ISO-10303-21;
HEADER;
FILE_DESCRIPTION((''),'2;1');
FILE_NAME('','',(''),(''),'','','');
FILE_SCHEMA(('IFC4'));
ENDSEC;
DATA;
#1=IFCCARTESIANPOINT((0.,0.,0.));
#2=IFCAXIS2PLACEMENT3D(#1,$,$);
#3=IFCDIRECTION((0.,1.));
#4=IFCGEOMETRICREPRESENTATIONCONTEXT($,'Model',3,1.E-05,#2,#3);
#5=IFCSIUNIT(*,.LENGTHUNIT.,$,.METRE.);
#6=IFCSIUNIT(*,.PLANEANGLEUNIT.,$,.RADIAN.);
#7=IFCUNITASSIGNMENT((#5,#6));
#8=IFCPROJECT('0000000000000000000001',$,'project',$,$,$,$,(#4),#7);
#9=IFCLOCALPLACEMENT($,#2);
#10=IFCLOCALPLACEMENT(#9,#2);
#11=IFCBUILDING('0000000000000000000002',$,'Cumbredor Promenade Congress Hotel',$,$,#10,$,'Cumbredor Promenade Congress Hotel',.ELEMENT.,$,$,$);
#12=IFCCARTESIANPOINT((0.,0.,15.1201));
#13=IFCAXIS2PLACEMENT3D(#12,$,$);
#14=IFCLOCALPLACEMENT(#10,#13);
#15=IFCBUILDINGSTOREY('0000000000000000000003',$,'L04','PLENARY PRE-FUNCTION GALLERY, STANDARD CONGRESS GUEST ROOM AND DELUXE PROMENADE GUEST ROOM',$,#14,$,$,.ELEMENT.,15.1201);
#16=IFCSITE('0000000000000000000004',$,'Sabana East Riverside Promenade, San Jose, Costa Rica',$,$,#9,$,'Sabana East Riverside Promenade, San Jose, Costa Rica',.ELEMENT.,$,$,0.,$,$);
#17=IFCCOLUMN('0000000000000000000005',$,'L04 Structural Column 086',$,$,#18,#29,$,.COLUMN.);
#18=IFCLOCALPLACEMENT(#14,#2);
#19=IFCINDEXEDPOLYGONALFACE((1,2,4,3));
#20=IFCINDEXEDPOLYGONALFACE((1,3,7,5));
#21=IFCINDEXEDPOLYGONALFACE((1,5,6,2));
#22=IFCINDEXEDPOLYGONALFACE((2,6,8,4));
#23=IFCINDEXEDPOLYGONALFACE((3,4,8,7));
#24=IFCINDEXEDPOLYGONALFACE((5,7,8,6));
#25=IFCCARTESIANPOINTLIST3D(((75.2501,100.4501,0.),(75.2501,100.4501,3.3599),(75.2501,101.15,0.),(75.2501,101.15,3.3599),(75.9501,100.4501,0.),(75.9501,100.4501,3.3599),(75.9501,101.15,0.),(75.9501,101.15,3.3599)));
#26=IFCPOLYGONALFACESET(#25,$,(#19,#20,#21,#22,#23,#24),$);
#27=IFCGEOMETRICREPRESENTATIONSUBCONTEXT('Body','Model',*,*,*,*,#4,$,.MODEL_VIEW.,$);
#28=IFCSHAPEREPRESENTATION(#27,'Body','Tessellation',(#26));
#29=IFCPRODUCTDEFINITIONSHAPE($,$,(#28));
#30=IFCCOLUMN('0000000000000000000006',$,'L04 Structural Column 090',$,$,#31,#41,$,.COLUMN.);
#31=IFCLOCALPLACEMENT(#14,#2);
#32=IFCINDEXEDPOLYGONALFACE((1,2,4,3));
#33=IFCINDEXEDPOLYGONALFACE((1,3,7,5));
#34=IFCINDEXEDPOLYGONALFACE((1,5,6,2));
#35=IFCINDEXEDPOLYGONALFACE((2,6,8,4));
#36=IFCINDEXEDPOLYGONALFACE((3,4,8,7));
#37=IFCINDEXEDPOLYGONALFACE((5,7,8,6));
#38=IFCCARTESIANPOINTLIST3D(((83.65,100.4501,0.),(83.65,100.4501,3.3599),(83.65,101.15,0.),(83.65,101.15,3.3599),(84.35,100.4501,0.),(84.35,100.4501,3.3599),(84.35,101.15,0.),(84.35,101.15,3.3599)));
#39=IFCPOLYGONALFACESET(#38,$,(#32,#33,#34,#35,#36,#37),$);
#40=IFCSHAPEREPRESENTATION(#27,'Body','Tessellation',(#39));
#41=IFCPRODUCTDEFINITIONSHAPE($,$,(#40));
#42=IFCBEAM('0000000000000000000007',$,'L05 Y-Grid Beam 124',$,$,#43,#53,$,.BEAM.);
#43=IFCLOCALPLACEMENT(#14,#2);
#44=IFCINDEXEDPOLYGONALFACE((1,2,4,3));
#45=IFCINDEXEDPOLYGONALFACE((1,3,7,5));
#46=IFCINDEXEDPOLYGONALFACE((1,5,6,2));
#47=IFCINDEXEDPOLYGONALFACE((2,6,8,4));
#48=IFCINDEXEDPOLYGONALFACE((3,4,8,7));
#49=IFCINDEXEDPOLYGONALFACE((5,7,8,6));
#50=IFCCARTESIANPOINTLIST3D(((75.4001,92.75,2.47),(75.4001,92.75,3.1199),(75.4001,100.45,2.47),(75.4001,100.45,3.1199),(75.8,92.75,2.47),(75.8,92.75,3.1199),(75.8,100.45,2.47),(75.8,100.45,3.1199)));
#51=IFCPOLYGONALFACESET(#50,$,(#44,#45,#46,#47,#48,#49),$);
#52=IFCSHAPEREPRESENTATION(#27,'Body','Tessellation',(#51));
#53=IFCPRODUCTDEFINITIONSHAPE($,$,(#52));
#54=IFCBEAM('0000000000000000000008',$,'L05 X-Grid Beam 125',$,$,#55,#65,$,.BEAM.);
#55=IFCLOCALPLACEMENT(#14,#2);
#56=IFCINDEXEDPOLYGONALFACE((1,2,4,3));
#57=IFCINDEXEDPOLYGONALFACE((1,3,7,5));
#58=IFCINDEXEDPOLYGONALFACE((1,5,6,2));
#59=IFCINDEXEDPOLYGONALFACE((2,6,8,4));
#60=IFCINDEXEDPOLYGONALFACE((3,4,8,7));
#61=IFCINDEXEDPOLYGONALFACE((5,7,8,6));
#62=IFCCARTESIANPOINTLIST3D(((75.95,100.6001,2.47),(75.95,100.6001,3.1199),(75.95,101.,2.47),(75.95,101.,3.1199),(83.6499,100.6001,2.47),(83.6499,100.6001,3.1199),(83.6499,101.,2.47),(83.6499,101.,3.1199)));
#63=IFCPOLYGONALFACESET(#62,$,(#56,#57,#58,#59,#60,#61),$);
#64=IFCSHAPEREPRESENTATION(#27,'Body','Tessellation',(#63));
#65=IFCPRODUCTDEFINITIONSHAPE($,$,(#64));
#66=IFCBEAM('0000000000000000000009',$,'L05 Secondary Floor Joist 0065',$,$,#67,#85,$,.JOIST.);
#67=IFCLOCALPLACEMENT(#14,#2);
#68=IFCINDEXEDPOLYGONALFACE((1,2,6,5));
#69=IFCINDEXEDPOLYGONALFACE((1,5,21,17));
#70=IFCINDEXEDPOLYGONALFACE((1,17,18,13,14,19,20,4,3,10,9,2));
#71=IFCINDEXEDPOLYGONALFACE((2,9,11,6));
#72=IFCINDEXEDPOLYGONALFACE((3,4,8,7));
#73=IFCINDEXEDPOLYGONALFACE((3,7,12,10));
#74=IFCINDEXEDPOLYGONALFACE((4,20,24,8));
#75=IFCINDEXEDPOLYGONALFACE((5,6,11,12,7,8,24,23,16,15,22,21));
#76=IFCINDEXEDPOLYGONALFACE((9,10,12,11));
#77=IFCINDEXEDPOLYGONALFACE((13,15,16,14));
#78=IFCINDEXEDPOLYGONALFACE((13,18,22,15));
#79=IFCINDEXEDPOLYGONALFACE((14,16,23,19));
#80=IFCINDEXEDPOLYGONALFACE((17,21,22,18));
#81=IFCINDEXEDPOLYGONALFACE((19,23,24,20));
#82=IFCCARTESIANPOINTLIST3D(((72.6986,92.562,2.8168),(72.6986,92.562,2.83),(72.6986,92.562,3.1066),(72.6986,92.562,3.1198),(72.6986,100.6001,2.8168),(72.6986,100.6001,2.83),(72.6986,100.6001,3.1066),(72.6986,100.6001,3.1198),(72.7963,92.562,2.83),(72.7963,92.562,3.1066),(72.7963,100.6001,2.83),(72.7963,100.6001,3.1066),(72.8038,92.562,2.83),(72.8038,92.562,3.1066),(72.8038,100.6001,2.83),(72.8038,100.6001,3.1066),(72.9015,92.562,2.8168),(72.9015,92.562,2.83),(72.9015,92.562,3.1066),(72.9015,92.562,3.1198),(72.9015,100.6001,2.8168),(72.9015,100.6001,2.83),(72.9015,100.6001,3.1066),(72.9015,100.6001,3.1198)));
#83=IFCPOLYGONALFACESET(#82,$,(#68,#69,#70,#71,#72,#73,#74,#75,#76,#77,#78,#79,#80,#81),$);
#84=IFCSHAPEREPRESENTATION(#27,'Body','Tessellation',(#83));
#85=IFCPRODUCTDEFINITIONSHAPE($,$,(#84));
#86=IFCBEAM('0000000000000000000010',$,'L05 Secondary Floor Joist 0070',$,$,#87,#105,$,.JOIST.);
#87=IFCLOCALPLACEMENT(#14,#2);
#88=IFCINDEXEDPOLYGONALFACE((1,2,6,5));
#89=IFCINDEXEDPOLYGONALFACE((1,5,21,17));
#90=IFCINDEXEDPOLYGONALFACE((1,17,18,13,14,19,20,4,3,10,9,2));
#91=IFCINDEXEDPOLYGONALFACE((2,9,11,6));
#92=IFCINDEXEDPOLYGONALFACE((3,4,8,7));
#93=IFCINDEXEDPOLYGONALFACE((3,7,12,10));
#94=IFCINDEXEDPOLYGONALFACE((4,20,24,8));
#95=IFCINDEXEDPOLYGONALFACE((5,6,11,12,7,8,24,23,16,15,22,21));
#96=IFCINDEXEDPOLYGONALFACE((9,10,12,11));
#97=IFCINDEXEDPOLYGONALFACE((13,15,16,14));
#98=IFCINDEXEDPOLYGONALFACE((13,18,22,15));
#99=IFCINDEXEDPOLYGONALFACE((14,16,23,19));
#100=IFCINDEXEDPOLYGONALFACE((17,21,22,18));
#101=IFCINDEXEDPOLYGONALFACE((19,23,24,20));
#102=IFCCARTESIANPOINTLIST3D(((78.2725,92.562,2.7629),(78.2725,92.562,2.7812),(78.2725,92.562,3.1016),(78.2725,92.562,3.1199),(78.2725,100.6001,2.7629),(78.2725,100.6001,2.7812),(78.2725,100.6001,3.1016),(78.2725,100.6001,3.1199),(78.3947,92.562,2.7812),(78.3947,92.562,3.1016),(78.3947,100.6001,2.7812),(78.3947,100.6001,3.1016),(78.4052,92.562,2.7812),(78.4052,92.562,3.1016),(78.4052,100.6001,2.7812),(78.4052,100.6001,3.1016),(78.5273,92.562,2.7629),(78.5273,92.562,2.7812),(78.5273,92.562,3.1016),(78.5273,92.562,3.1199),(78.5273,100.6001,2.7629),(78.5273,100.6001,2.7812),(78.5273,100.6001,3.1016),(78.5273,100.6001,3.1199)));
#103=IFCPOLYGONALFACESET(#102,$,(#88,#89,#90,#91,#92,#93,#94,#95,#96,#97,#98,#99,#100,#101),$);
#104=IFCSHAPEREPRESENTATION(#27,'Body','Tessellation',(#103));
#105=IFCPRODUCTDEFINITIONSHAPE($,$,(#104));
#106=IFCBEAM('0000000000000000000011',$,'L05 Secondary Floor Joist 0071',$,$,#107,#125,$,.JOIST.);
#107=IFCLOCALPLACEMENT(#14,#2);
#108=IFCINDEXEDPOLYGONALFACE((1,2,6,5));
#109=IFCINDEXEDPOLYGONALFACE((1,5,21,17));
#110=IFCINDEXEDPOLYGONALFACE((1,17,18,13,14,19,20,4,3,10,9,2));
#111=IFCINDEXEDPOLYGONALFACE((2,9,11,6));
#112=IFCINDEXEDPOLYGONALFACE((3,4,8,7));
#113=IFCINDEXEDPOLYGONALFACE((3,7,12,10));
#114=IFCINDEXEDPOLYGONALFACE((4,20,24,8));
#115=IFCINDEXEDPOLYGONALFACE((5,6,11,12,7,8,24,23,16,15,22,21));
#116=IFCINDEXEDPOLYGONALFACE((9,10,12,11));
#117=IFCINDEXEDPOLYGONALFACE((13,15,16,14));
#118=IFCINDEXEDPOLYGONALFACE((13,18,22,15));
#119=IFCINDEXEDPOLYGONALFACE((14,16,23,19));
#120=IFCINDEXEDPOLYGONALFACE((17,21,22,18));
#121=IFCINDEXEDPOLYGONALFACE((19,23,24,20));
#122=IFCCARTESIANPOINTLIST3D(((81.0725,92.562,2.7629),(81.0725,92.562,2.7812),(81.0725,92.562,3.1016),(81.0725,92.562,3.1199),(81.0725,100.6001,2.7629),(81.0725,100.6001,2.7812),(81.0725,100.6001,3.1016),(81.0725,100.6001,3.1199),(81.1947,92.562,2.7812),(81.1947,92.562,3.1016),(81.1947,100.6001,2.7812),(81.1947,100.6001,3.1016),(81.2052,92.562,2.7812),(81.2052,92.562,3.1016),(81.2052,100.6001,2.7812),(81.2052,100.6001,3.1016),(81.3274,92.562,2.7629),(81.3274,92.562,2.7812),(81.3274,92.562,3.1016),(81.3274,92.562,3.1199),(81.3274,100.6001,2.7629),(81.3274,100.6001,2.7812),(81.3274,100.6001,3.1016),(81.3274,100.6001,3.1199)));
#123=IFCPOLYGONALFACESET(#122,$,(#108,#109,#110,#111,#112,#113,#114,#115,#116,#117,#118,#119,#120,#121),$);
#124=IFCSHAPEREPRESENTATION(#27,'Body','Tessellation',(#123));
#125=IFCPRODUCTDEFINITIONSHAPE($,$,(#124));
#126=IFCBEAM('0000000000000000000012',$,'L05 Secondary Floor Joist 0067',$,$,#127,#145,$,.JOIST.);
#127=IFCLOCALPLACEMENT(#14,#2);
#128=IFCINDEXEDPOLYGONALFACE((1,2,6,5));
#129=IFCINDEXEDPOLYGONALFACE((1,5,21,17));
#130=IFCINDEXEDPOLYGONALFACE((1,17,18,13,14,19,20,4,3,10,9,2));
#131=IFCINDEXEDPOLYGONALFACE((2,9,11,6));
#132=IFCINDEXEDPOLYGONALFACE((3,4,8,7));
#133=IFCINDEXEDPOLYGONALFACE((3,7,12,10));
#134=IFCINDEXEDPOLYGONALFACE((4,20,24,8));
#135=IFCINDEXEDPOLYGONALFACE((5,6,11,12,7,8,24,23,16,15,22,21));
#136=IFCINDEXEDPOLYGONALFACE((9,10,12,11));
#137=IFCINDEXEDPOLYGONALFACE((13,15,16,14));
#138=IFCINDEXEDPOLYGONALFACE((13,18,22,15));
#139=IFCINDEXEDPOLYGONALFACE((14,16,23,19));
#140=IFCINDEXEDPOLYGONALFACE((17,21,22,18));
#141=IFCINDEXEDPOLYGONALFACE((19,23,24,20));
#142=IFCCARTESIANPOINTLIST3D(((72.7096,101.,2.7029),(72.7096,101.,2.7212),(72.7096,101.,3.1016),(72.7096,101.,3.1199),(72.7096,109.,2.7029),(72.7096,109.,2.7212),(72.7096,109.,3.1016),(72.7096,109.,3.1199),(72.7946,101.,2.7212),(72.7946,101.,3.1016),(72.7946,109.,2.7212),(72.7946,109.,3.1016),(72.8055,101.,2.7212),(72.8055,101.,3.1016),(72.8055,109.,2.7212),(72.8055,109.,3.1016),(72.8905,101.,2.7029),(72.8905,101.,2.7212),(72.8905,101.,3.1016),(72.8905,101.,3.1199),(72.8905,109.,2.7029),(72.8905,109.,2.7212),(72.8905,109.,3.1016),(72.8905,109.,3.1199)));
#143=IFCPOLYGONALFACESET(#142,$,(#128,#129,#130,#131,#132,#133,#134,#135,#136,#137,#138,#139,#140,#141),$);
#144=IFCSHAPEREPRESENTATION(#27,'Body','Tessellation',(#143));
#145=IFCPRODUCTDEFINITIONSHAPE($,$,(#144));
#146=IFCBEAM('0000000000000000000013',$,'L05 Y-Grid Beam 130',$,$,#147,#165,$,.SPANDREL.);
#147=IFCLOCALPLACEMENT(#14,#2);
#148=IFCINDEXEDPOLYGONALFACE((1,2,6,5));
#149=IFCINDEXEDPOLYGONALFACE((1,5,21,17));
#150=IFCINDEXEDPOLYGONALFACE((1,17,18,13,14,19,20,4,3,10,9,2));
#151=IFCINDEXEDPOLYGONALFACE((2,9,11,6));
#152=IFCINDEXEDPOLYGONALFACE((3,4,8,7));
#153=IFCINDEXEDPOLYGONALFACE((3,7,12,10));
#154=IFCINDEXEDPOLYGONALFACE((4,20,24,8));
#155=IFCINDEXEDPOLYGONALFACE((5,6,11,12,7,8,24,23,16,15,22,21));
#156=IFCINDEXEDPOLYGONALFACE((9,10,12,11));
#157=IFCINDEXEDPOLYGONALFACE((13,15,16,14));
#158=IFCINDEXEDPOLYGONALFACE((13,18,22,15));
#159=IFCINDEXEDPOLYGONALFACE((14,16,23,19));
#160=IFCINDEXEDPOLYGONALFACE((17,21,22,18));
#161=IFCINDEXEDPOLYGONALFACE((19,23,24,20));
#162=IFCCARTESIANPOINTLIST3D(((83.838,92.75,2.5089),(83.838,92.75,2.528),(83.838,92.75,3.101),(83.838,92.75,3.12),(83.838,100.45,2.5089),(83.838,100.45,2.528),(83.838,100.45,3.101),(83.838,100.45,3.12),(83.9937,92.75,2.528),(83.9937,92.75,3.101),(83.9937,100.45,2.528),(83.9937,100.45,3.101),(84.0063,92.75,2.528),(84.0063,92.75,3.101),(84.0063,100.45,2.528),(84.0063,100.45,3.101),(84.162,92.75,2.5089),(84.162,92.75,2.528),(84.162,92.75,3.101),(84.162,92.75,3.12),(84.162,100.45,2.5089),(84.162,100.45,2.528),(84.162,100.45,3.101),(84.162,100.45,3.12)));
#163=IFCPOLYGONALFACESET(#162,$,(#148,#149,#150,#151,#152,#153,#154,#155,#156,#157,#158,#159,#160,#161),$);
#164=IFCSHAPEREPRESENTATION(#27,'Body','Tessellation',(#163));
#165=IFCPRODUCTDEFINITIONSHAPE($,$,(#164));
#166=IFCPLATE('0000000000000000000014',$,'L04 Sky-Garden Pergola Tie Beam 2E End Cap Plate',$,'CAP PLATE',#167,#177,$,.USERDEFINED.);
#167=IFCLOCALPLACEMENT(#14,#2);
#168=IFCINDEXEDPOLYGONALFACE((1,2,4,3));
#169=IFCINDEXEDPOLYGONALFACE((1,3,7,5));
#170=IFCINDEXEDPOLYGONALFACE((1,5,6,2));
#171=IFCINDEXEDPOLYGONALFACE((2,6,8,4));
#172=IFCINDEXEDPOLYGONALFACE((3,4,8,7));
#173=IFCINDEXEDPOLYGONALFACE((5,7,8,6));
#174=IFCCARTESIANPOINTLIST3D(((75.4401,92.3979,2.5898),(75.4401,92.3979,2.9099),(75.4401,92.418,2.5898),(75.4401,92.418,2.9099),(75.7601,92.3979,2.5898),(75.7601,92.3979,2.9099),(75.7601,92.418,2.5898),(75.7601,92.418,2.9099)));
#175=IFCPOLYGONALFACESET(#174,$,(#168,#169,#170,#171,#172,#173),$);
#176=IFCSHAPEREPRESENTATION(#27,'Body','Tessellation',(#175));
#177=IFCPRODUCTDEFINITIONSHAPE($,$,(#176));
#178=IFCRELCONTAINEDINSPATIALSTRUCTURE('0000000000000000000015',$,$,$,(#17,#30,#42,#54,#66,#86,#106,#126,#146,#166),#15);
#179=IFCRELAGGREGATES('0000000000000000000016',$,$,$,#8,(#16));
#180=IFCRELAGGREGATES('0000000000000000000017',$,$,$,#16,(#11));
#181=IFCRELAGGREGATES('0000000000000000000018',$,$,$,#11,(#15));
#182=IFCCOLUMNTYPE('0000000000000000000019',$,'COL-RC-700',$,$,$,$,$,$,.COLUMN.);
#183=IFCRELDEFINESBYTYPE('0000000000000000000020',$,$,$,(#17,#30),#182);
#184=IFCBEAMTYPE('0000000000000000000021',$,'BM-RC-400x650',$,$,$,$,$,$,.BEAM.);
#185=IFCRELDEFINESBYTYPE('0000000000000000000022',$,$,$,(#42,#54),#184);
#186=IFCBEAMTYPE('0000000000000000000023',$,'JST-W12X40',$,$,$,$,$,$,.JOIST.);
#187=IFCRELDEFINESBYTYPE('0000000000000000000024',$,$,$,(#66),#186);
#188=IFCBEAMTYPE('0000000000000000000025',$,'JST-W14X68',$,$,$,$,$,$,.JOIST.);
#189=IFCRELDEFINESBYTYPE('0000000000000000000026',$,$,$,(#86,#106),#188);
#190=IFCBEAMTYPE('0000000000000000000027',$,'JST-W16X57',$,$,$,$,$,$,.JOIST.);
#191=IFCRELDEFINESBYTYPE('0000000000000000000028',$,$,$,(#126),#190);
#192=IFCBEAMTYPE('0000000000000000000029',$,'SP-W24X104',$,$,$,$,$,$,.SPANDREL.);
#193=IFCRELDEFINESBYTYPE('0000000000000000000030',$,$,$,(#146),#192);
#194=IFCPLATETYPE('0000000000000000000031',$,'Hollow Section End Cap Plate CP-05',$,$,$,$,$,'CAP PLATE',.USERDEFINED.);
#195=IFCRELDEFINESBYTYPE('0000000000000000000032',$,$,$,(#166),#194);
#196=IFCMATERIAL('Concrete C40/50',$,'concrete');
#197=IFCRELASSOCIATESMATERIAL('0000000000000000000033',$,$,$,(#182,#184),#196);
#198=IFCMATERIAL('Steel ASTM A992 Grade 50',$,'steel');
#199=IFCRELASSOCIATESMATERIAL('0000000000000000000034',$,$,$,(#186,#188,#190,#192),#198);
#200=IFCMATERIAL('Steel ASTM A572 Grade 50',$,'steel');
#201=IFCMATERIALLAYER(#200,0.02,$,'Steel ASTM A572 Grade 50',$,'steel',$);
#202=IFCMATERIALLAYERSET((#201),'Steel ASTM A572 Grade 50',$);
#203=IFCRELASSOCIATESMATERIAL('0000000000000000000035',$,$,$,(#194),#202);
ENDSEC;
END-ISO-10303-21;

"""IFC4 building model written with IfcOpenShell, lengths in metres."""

from ifc_helpers import new_model, si_unit, direction, frame, origin, origin_2d, place, context, subcontext, project, spatial, rectangle, i_section, extrude, material, layer, layer_set, material_profile, profile_set, type_object, element, save


model = new_model("IFC4")

# Units and contexts
model_context = context("Model", 3, precision=1e-05, world=origin(), true_north=direction((0.0, 1.0)))
body_context = subcontext(model_context, "Body", "Model", "MODEL_VIEW")
ifc_project = project(units=[si_unit("LENGTHUNIT", "METRE"), si_unit("PLANEANGLEUNIT", "RADIAN")], contexts=[model_context])

# Site, building, storey
site_placement = place(None, origin())
site = spatial("IfcSite", under=ifc_project, at=site_placement, Name="Sabana East Riverside Promenade, San Jose, Costa Rica", LongName="Sabana East Riverside Promenade, San Jose, Costa Rica", CompositionType="ELEMENT", RefElevation=0.0)
building_placement = place(site_placement, origin())
building = spatial("IfcBuilding", under=site, at=building_placement, Name="Cumbredor Promenade Congress Hotel", LongName="Cumbredor Promenade Congress Hotel", CompositionType="ELEMENT")
storey_placement = place(building_placement, frame((0.0, 0.0, 15.1201)))
storey = spatial("IfcBuildingStorey", under=building, at=storey_placement, Name="L04", Description="PLENARY PRE-FUNCTION GALLERY, STANDARD CONGRESS GUEST ROOM AND DELUXE PROMENADE GUEST ROOM", CompositionType="ELEMENT", Elevation=15.1201)

# Columns
ifc_material_1 = material(Name="Concrete C40/50", Category="concrete")
ifc_material_profile_1 = material_profile(ifc_material_1, rectangle(XDim=0.7, YDim=0.7, at=origin_2d()), Name="RC 700x700")
ifc_profile_set_1 = profile_set([ifc_material_profile_1], Name="Concrete C40/50")
column_type = type_object("IfcColumnType", Name="COL-RC-700", PredefinedType="COLUMN", material=ifc_profile_set_1)
for number, where, z_axis, x_axis, name in (
    (1, (75.6001, 100.8, 0.0), (0.0, 0.0, 1.0), (1.0, 0.0, 0.0), "L04 Structural Column 086"),
    (2, (84.0, 100.8, 0.0), (0.0, 0.0, 1.0), (1.0, 0.0, 0.0), "L04 Structural Column 090"),
):
    element("IfcColumn", number, at=place(storey_placement, frame(where, z_axis=z_axis, x_axis=x_axis)), inside=storey, type_object=column_type, Name=name, PredefinedType="COLUMN", context=body_context, shape_type="SweptSolid", body=[
        extrude(rectangle(XDim=0.7, YDim=0.7, at=origin_2d()), origin(), (0.0, 0.0, 1.0), 3.3599),
    ])

# Beams
ifc_material_profile_2 = material_profile(ifc_material_1, rectangle(XDim=0.3999, YDim=0.6499, at=origin_2d()), Name="RC BEAM 400x650")
ifc_profile_set_2 = profile_set([ifc_material_profile_2], Name="Concrete C40/50")
beam_type_1 = type_object("IfcBeamType", Name="BM-RC-400x650", PredefinedType="BEAM", material=ifc_profile_set_2)
for number, where, z_axis, x_axis, name in (
    (3, (75.6001, 92.75, 2.7949), (0.0, 1.0, 0.0), (-1.0, 0.0, 0.0), "L05 Y-Grid Beam 124"),
    (4, (75.95, 100.8, 2.7949), (1.0, 0.0, 0.0), (0.0, 1.0, 0.0), "L05 X-Grid Beam 125"),
):
    element("IfcBeam", number, at=place(storey_placement, frame(where, z_axis=z_axis, x_axis=x_axis)), inside=storey, type_object=beam_type_1, Name=name, PredefinedType="BEAM", context=body_context, shape_type="SweptSolid", body=[
        extrude(rectangle(XDim=0.3999, YDim=0.6499, at=origin_2d()), origin(), (0.0, 0.0, 1.0), 7.7),
    ])
ifc_material_2 = material(Name="Steel ASTM A992 Grade 50", Category="steel")
ifc_material_profile_3 = material_profile(ifc_material_2, i_section(OverallWidth=0.2029, OverallDepth=0.303, WebThickness=0.0076, FlangeThickness=0.0132, at=origin_2d()), Name="W12X40")
ifc_profile_set_3 = profile_set([ifc_material_profile_3], Name="Steel ASTM A992 Grade 50")
beam_type_2 = type_object("IfcBeamType", Name="JST-W12X40", PredefinedType="JOIST", material=ifc_profile_set_3)
beam_1_placement = place(storey_placement, frame((72.8, 92.562, 2.9683), z_axis=(0.0, 1.0, 0.0), x_axis=(-1.0, 0.0, 0.0)))
element("IfcBeam", 5, at=beam_1_placement, inside=storey, type_object=beam_type_2, Name="L05 Secondary Floor Joist 0065", PredefinedType="JOIST", context=body_context, shape_type="SweptSolid", body=[
    extrude(i_section(OverallWidth=0.2029, OverallDepth=0.303, WebThickness=0.0076, FlangeThickness=0.0132, at=origin_2d()), origin(), (0.0, 0.0, 1.0), 8.0381),
])
ifc_material_profile_4 = material_profile(ifc_material_2, i_section(OverallWidth=0.2549, OverallDepth=0.3569, WebThickness=0.0105, FlangeThickness=0.0183, at=origin_2d()), Name="W14X68")
ifc_profile_set_4 = profile_set([ifc_material_profile_4], Name="Steel ASTM A992 Grade 50")
beam_type_3 = type_object("IfcBeamType", Name="JST-W14X68", PredefinedType="JOIST", material=ifc_profile_set_4)
for number, where, z_axis, x_axis, name in (
    (6, (78.3999, 92.562, 2.9414), (0.0, 1.0, 0.0), (-1.0, 0.0, 0.0), "L05 Secondary Floor Joist 0070"),
    (7, (81.2, 92.562, 2.9414), (0.0, 1.0, 0.0), (-1.0, 0.0, 0.0), "L05 Secondary Floor Joist 0071"),
):
    element("IfcBeam", number, at=place(storey_placement, frame(where, z_axis=z_axis, x_axis=x_axis)), inside=storey, type_object=beam_type_3, Name=name, PredefinedType="JOIST", context=body_context, shape_type="SweptSolid", body=[
        extrude(i_section(OverallWidth=0.2549, OverallDepth=0.3569, WebThickness=0.0105, FlangeThickness=0.0183, at=origin_2d()), origin(), (0.0, 0.0, 1.0), 8.0381),
    ])
ifc_material_profile_5 = material_profile(ifc_material_2, i_section(OverallWidth=0.1809, OverallDepth=0.417, WebThickness=0.011, FlangeThickness=0.0183, at=origin_2d()), Name="W16X57")
ifc_profile_set_5 = profile_set([ifc_material_profile_5], Name="Steel ASTM A992 Grade 50")
beam_type_4 = type_object("IfcBeamType", Name="JST-W16X57", PredefinedType="JOIST", material=ifc_profile_set_5)
beam_2_placement = place(storey_placement, frame((72.8, 101.0, 2.9114), z_axis=(0.0, 1.0, 0.0), x_axis=(-1.0, 0.0, 0.0)))
element("IfcBeam", 8, at=beam_2_placement, inside=storey, type_object=beam_type_4, Name="L05 Secondary Floor Joist 0067", PredefinedType="JOIST", context=body_context, shape_type="SweptSolid", body=[
    extrude(i_section(OverallWidth=0.1809, OverallDepth=0.417, WebThickness=0.011, FlangeThickness=0.0183, at=origin_2d()), origin(), (0.0, 0.0, 1.0), 8.0),
])
ifc_material_profile_6 = material_profile(ifc_material_2, i_section(OverallWidth=0.324, OverallDepth=0.6111, WebThickness=0.0127, FlangeThickness=0.019, at=origin_2d()), Name="W24X104")
ifc_profile_set_6 = profile_set([ifc_material_profile_6], Name="Steel ASTM A992 Grade 50")
beam_type_5 = type_object("IfcBeamType", Name="SP-W24X104", PredefinedType="SPANDREL", material=ifc_profile_set_6)
beam_3_placement = place(storey_placement, frame((84.0, 92.75, 2.8145), z_axis=(0.0, 1.0, 0.0), x_axis=(-1.0, 0.0, 0.0)))
element("IfcBeam", 9, at=beam_3_placement, inside=storey, type_object=beam_type_5, Name="L05 Y-Grid Beam 130", PredefinedType="SPANDREL", context=body_context, shape_type="SweptSolid", body=[
    extrude(i_section(OverallWidth=0.324, OverallDepth=0.6111, WebThickness=0.0127, FlangeThickness=0.019, at=origin_2d()), origin(), (0.0, 0.0, 1.0), 7.7),
])

# Plate
ifc_material_3 = material(Name="Steel ASTM A572 Grade 50", Category="steel")
ifc_layer_1 = layer(ifc_material_3, 0.02, Name="Steel ASTM A572 Grade 50", Category="steel")
ifc_layer_set_1 = layer_set([ifc_layer_1], Name="Steel ASTM A572 Grade 50")
plate_type_1 = type_object("IfcPlateType", Name="Hollow Section End Cap Plate CP-05", ElementType="CAP PLATE", PredefinedType="USERDEFINED", material=ifc_layer_set_1)
plate_placement = place(storey_placement, frame((75.6001, 92.408, 2.5898), z_axis=(0.0, 0.0, 1.0), x_axis=(0.0, 1.0, 0.0)))
element("IfcPlate", 10, at=plate_placement, inside=storey, type_object=plate_type_1, Name="L04 Sky-Garden Pergola Tie Beam 2E End Cap Plate", ObjectType="CAP PLATE", PredefinedType="USERDEFINED", context=body_context, shape_type="SweptSolid", body=[
    extrude(rectangle(XDim=0.02, YDim=0.3201, at=origin_2d()), origin(), (0.0, 0.0, 1.0), 0.3201),
])

save(model, "model.ifc")
